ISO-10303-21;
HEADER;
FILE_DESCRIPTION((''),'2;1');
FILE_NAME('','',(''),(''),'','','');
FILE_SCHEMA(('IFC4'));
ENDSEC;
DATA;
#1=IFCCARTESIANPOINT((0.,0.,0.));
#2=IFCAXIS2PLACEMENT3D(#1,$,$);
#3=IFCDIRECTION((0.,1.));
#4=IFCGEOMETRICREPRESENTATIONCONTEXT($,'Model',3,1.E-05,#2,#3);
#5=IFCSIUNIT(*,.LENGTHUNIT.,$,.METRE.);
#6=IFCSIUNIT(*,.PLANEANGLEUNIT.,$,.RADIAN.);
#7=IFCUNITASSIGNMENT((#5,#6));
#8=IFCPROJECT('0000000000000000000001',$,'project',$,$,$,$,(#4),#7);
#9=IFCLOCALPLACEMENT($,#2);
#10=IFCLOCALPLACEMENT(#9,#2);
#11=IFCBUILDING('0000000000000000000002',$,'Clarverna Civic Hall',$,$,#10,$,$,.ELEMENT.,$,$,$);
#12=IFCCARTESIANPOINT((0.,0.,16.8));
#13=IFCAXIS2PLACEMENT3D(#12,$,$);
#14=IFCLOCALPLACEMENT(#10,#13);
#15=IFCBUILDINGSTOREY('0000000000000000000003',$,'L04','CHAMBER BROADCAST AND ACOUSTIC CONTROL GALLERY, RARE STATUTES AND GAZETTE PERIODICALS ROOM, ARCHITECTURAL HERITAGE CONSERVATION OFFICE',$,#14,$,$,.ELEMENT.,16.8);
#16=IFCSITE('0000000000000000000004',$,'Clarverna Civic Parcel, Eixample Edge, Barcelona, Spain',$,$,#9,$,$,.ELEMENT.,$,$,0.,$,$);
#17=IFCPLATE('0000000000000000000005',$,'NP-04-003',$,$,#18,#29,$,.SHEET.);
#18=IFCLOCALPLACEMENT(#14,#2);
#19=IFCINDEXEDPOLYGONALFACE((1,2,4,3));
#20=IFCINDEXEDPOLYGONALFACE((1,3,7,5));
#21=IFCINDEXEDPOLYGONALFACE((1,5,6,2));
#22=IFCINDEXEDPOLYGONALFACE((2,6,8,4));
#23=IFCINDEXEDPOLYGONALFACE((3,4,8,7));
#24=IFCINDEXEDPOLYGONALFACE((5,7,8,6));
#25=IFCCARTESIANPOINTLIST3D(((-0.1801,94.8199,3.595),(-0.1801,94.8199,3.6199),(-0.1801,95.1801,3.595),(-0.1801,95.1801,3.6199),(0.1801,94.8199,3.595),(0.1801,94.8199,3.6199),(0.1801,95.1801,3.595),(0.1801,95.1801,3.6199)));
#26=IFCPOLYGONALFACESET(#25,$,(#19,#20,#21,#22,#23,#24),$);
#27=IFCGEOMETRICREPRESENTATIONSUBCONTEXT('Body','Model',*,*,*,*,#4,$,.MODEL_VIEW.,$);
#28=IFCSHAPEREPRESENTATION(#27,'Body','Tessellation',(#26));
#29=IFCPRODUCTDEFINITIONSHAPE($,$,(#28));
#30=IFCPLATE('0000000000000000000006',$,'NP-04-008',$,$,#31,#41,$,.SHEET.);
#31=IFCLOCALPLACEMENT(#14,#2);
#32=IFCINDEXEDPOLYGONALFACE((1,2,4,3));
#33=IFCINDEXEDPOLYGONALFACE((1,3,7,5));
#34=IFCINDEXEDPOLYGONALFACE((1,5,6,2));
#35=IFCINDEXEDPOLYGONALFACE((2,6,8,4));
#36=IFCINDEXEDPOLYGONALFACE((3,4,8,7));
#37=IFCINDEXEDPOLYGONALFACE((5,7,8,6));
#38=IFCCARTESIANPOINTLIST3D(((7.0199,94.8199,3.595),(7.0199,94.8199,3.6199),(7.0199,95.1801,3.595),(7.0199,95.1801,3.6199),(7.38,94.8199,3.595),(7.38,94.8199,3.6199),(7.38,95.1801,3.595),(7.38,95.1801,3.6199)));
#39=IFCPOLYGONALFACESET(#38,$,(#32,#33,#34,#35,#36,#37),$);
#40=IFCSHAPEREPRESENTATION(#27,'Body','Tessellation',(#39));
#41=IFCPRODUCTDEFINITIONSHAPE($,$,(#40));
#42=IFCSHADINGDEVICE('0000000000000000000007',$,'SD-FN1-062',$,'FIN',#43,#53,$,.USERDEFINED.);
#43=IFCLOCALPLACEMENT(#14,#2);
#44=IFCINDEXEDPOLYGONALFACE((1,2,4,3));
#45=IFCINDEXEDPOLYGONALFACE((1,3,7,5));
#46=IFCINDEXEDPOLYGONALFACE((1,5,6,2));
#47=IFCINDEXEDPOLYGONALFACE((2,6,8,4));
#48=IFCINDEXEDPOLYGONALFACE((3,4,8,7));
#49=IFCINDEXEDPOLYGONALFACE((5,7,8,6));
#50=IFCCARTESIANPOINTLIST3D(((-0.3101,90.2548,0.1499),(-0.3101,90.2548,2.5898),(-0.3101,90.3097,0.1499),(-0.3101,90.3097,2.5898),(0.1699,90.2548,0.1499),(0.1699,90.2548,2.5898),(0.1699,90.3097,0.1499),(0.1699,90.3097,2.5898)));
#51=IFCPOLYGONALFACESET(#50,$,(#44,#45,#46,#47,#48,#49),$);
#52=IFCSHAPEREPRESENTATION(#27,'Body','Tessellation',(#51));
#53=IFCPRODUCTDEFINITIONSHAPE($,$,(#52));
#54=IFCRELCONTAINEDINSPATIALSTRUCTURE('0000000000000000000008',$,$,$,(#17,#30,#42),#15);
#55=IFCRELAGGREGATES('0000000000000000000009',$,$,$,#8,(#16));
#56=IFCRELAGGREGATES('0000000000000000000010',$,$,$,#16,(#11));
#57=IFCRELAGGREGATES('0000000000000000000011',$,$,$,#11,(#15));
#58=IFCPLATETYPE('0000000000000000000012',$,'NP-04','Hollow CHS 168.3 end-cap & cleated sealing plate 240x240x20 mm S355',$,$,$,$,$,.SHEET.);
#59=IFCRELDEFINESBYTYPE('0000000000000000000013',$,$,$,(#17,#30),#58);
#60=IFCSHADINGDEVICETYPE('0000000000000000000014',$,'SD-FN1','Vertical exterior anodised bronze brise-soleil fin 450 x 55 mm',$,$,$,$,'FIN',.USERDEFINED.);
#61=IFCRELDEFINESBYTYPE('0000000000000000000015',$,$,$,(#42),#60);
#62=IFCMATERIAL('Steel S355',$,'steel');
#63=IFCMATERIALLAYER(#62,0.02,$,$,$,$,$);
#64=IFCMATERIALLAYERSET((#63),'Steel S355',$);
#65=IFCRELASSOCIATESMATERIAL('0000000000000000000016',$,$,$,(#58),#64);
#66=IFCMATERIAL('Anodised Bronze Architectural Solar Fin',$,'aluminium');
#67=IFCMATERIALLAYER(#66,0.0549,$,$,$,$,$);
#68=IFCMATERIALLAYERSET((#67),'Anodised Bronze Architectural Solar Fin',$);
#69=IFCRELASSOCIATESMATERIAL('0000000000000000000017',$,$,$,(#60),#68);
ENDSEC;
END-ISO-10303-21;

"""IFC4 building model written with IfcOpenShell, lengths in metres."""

from ifc_helpers import new_model, si_unit, direction, frame, frame_2d, origin, origin_2d, place, context, subcontext, project, spatial, rectangle, extrude, material, layer, layer_set, type_object, element, save


model = new_model("IFC4")

# Units and contexts
model_context = context("Model", 3, precision=1e-05, world=origin(), true_north=direction((0.0, 1.0)))
body_context = subcontext(model_context, "Body", "Model", "MODEL_VIEW")
ifc_project = project(units=[si_unit("LENGTHUNIT", "METRE"), si_unit("PLANEANGLEUNIT", "RADIAN")], contexts=[model_context])

# Site, building, storey
site_placement = place(None, origin())
site = spatial("IfcSite", under=ifc_project, at=site_placement, Name="Clarverna Civic Parcel, Eixample Edge, Barcelona, Spain", CompositionType="ELEMENT", RefElevation=0.0)
building_placement = place(site_placement, origin())
building = spatial("IfcBuilding", under=site, at=building_placement, Name="Clarverna Civic Hall", CompositionType="ELEMENT")
storey_placement = place(building_placement, frame((0.0, 0.0, 16.8)))
storey = spatial("IfcBuildingStorey", under=building, at=storey_placement, Name="L04", Description="CHAMBER BROADCAST AND ACOUSTIC CONTROL GALLERY, RARE STATUTES AND GAZETTE PERIODICALS ROOM, ARCHITECTURAL HERITAGE CONSERVATION OFFICE", CompositionType="ELEMENT", Elevation=16.8)

# Shared definitions
ifc_material_1 = material(Name="Steel S355", Category="steel")

# Plates
ifc_layer_1 = layer(ifc_material_1, 0.02)
ifc_layer_set_1 = layer_set([ifc_layer_1], Name="Steel S355")
plate_type_1 = type_object("IfcPlateType", Name="NP-04", Description="Hollow CHS 168.3 end-cap & cleated sealing plate 240x240x20 mm S355", PredefinedType="SHEET", material=ifc_layer_set_1)
for number, where, z_axis, x_axis, name in (
    (1, (0.0, 95.0, 3.595), (0.0, 0.0, 1.0), (1.0, 0.0, 0.0), "NP-04-003"),
    (2, (7.2, 95.0, 3.595), (0.0, 0.0, 1.0), (1.0, 0.0, 0.0), "NP-04-008"),
):
    element("IfcPlate", number, at=place(storey_placement, frame(where, z_axis=z_axis, x_axis=x_axis)), inside=storey, type_object=plate_type_1, Name=name, PredefinedType="SHEET", context=body_context, shape_type="SweptSolid", body=[
        extrude(rectangle(XDim=0.3601, YDim=0.3601, at=origin_2d()), origin(), (0.0, 0.0, 1.0), 0.0249),
    ])

# Shading device
ifc_material_2 = material(Name="Anodised Bronze Architectural Solar Fin", Category="aluminium")
ifc_layer_2 = layer(ifc_material_2, 0.0549)
ifc_layer_set_2 = layer_set([ifc_layer_2], Name="Anodised Bronze Architectural Solar Fin")
shading_device_type = type_object("IfcShadingDeviceType", Name="SD-FN1", Description="Vertical exterior anodised bronze brise-soleil fin 450 x 55 mm", ElementType="FIN", PredefinedType="USERDEFINED", material=ifc_layer_set_2)
shading_device_placement = place(storey_placement, frame((0.1699, 90.2822, 0.1499), z_axis=(0.0, 0.0, 1.0), x_axis=(-1.0, 0.0, 0.0)))
element("IfcShadingDevice", 3, at=shading_device_placement, inside=storey, type_object=shading_device_type, Name="SD-FN1-062", ObjectType="FIN", PredefinedType="USERDEFINED", context=body_context, shape_type="SweptSolid", body=[
    extrude(rectangle(XDim=0.48, YDim=0.0549, at=frame_2d((0.24, 0.0))), origin(), (0.0, 0.0, 1.0), 2.4399),
])

save(model, "model.ifc")
